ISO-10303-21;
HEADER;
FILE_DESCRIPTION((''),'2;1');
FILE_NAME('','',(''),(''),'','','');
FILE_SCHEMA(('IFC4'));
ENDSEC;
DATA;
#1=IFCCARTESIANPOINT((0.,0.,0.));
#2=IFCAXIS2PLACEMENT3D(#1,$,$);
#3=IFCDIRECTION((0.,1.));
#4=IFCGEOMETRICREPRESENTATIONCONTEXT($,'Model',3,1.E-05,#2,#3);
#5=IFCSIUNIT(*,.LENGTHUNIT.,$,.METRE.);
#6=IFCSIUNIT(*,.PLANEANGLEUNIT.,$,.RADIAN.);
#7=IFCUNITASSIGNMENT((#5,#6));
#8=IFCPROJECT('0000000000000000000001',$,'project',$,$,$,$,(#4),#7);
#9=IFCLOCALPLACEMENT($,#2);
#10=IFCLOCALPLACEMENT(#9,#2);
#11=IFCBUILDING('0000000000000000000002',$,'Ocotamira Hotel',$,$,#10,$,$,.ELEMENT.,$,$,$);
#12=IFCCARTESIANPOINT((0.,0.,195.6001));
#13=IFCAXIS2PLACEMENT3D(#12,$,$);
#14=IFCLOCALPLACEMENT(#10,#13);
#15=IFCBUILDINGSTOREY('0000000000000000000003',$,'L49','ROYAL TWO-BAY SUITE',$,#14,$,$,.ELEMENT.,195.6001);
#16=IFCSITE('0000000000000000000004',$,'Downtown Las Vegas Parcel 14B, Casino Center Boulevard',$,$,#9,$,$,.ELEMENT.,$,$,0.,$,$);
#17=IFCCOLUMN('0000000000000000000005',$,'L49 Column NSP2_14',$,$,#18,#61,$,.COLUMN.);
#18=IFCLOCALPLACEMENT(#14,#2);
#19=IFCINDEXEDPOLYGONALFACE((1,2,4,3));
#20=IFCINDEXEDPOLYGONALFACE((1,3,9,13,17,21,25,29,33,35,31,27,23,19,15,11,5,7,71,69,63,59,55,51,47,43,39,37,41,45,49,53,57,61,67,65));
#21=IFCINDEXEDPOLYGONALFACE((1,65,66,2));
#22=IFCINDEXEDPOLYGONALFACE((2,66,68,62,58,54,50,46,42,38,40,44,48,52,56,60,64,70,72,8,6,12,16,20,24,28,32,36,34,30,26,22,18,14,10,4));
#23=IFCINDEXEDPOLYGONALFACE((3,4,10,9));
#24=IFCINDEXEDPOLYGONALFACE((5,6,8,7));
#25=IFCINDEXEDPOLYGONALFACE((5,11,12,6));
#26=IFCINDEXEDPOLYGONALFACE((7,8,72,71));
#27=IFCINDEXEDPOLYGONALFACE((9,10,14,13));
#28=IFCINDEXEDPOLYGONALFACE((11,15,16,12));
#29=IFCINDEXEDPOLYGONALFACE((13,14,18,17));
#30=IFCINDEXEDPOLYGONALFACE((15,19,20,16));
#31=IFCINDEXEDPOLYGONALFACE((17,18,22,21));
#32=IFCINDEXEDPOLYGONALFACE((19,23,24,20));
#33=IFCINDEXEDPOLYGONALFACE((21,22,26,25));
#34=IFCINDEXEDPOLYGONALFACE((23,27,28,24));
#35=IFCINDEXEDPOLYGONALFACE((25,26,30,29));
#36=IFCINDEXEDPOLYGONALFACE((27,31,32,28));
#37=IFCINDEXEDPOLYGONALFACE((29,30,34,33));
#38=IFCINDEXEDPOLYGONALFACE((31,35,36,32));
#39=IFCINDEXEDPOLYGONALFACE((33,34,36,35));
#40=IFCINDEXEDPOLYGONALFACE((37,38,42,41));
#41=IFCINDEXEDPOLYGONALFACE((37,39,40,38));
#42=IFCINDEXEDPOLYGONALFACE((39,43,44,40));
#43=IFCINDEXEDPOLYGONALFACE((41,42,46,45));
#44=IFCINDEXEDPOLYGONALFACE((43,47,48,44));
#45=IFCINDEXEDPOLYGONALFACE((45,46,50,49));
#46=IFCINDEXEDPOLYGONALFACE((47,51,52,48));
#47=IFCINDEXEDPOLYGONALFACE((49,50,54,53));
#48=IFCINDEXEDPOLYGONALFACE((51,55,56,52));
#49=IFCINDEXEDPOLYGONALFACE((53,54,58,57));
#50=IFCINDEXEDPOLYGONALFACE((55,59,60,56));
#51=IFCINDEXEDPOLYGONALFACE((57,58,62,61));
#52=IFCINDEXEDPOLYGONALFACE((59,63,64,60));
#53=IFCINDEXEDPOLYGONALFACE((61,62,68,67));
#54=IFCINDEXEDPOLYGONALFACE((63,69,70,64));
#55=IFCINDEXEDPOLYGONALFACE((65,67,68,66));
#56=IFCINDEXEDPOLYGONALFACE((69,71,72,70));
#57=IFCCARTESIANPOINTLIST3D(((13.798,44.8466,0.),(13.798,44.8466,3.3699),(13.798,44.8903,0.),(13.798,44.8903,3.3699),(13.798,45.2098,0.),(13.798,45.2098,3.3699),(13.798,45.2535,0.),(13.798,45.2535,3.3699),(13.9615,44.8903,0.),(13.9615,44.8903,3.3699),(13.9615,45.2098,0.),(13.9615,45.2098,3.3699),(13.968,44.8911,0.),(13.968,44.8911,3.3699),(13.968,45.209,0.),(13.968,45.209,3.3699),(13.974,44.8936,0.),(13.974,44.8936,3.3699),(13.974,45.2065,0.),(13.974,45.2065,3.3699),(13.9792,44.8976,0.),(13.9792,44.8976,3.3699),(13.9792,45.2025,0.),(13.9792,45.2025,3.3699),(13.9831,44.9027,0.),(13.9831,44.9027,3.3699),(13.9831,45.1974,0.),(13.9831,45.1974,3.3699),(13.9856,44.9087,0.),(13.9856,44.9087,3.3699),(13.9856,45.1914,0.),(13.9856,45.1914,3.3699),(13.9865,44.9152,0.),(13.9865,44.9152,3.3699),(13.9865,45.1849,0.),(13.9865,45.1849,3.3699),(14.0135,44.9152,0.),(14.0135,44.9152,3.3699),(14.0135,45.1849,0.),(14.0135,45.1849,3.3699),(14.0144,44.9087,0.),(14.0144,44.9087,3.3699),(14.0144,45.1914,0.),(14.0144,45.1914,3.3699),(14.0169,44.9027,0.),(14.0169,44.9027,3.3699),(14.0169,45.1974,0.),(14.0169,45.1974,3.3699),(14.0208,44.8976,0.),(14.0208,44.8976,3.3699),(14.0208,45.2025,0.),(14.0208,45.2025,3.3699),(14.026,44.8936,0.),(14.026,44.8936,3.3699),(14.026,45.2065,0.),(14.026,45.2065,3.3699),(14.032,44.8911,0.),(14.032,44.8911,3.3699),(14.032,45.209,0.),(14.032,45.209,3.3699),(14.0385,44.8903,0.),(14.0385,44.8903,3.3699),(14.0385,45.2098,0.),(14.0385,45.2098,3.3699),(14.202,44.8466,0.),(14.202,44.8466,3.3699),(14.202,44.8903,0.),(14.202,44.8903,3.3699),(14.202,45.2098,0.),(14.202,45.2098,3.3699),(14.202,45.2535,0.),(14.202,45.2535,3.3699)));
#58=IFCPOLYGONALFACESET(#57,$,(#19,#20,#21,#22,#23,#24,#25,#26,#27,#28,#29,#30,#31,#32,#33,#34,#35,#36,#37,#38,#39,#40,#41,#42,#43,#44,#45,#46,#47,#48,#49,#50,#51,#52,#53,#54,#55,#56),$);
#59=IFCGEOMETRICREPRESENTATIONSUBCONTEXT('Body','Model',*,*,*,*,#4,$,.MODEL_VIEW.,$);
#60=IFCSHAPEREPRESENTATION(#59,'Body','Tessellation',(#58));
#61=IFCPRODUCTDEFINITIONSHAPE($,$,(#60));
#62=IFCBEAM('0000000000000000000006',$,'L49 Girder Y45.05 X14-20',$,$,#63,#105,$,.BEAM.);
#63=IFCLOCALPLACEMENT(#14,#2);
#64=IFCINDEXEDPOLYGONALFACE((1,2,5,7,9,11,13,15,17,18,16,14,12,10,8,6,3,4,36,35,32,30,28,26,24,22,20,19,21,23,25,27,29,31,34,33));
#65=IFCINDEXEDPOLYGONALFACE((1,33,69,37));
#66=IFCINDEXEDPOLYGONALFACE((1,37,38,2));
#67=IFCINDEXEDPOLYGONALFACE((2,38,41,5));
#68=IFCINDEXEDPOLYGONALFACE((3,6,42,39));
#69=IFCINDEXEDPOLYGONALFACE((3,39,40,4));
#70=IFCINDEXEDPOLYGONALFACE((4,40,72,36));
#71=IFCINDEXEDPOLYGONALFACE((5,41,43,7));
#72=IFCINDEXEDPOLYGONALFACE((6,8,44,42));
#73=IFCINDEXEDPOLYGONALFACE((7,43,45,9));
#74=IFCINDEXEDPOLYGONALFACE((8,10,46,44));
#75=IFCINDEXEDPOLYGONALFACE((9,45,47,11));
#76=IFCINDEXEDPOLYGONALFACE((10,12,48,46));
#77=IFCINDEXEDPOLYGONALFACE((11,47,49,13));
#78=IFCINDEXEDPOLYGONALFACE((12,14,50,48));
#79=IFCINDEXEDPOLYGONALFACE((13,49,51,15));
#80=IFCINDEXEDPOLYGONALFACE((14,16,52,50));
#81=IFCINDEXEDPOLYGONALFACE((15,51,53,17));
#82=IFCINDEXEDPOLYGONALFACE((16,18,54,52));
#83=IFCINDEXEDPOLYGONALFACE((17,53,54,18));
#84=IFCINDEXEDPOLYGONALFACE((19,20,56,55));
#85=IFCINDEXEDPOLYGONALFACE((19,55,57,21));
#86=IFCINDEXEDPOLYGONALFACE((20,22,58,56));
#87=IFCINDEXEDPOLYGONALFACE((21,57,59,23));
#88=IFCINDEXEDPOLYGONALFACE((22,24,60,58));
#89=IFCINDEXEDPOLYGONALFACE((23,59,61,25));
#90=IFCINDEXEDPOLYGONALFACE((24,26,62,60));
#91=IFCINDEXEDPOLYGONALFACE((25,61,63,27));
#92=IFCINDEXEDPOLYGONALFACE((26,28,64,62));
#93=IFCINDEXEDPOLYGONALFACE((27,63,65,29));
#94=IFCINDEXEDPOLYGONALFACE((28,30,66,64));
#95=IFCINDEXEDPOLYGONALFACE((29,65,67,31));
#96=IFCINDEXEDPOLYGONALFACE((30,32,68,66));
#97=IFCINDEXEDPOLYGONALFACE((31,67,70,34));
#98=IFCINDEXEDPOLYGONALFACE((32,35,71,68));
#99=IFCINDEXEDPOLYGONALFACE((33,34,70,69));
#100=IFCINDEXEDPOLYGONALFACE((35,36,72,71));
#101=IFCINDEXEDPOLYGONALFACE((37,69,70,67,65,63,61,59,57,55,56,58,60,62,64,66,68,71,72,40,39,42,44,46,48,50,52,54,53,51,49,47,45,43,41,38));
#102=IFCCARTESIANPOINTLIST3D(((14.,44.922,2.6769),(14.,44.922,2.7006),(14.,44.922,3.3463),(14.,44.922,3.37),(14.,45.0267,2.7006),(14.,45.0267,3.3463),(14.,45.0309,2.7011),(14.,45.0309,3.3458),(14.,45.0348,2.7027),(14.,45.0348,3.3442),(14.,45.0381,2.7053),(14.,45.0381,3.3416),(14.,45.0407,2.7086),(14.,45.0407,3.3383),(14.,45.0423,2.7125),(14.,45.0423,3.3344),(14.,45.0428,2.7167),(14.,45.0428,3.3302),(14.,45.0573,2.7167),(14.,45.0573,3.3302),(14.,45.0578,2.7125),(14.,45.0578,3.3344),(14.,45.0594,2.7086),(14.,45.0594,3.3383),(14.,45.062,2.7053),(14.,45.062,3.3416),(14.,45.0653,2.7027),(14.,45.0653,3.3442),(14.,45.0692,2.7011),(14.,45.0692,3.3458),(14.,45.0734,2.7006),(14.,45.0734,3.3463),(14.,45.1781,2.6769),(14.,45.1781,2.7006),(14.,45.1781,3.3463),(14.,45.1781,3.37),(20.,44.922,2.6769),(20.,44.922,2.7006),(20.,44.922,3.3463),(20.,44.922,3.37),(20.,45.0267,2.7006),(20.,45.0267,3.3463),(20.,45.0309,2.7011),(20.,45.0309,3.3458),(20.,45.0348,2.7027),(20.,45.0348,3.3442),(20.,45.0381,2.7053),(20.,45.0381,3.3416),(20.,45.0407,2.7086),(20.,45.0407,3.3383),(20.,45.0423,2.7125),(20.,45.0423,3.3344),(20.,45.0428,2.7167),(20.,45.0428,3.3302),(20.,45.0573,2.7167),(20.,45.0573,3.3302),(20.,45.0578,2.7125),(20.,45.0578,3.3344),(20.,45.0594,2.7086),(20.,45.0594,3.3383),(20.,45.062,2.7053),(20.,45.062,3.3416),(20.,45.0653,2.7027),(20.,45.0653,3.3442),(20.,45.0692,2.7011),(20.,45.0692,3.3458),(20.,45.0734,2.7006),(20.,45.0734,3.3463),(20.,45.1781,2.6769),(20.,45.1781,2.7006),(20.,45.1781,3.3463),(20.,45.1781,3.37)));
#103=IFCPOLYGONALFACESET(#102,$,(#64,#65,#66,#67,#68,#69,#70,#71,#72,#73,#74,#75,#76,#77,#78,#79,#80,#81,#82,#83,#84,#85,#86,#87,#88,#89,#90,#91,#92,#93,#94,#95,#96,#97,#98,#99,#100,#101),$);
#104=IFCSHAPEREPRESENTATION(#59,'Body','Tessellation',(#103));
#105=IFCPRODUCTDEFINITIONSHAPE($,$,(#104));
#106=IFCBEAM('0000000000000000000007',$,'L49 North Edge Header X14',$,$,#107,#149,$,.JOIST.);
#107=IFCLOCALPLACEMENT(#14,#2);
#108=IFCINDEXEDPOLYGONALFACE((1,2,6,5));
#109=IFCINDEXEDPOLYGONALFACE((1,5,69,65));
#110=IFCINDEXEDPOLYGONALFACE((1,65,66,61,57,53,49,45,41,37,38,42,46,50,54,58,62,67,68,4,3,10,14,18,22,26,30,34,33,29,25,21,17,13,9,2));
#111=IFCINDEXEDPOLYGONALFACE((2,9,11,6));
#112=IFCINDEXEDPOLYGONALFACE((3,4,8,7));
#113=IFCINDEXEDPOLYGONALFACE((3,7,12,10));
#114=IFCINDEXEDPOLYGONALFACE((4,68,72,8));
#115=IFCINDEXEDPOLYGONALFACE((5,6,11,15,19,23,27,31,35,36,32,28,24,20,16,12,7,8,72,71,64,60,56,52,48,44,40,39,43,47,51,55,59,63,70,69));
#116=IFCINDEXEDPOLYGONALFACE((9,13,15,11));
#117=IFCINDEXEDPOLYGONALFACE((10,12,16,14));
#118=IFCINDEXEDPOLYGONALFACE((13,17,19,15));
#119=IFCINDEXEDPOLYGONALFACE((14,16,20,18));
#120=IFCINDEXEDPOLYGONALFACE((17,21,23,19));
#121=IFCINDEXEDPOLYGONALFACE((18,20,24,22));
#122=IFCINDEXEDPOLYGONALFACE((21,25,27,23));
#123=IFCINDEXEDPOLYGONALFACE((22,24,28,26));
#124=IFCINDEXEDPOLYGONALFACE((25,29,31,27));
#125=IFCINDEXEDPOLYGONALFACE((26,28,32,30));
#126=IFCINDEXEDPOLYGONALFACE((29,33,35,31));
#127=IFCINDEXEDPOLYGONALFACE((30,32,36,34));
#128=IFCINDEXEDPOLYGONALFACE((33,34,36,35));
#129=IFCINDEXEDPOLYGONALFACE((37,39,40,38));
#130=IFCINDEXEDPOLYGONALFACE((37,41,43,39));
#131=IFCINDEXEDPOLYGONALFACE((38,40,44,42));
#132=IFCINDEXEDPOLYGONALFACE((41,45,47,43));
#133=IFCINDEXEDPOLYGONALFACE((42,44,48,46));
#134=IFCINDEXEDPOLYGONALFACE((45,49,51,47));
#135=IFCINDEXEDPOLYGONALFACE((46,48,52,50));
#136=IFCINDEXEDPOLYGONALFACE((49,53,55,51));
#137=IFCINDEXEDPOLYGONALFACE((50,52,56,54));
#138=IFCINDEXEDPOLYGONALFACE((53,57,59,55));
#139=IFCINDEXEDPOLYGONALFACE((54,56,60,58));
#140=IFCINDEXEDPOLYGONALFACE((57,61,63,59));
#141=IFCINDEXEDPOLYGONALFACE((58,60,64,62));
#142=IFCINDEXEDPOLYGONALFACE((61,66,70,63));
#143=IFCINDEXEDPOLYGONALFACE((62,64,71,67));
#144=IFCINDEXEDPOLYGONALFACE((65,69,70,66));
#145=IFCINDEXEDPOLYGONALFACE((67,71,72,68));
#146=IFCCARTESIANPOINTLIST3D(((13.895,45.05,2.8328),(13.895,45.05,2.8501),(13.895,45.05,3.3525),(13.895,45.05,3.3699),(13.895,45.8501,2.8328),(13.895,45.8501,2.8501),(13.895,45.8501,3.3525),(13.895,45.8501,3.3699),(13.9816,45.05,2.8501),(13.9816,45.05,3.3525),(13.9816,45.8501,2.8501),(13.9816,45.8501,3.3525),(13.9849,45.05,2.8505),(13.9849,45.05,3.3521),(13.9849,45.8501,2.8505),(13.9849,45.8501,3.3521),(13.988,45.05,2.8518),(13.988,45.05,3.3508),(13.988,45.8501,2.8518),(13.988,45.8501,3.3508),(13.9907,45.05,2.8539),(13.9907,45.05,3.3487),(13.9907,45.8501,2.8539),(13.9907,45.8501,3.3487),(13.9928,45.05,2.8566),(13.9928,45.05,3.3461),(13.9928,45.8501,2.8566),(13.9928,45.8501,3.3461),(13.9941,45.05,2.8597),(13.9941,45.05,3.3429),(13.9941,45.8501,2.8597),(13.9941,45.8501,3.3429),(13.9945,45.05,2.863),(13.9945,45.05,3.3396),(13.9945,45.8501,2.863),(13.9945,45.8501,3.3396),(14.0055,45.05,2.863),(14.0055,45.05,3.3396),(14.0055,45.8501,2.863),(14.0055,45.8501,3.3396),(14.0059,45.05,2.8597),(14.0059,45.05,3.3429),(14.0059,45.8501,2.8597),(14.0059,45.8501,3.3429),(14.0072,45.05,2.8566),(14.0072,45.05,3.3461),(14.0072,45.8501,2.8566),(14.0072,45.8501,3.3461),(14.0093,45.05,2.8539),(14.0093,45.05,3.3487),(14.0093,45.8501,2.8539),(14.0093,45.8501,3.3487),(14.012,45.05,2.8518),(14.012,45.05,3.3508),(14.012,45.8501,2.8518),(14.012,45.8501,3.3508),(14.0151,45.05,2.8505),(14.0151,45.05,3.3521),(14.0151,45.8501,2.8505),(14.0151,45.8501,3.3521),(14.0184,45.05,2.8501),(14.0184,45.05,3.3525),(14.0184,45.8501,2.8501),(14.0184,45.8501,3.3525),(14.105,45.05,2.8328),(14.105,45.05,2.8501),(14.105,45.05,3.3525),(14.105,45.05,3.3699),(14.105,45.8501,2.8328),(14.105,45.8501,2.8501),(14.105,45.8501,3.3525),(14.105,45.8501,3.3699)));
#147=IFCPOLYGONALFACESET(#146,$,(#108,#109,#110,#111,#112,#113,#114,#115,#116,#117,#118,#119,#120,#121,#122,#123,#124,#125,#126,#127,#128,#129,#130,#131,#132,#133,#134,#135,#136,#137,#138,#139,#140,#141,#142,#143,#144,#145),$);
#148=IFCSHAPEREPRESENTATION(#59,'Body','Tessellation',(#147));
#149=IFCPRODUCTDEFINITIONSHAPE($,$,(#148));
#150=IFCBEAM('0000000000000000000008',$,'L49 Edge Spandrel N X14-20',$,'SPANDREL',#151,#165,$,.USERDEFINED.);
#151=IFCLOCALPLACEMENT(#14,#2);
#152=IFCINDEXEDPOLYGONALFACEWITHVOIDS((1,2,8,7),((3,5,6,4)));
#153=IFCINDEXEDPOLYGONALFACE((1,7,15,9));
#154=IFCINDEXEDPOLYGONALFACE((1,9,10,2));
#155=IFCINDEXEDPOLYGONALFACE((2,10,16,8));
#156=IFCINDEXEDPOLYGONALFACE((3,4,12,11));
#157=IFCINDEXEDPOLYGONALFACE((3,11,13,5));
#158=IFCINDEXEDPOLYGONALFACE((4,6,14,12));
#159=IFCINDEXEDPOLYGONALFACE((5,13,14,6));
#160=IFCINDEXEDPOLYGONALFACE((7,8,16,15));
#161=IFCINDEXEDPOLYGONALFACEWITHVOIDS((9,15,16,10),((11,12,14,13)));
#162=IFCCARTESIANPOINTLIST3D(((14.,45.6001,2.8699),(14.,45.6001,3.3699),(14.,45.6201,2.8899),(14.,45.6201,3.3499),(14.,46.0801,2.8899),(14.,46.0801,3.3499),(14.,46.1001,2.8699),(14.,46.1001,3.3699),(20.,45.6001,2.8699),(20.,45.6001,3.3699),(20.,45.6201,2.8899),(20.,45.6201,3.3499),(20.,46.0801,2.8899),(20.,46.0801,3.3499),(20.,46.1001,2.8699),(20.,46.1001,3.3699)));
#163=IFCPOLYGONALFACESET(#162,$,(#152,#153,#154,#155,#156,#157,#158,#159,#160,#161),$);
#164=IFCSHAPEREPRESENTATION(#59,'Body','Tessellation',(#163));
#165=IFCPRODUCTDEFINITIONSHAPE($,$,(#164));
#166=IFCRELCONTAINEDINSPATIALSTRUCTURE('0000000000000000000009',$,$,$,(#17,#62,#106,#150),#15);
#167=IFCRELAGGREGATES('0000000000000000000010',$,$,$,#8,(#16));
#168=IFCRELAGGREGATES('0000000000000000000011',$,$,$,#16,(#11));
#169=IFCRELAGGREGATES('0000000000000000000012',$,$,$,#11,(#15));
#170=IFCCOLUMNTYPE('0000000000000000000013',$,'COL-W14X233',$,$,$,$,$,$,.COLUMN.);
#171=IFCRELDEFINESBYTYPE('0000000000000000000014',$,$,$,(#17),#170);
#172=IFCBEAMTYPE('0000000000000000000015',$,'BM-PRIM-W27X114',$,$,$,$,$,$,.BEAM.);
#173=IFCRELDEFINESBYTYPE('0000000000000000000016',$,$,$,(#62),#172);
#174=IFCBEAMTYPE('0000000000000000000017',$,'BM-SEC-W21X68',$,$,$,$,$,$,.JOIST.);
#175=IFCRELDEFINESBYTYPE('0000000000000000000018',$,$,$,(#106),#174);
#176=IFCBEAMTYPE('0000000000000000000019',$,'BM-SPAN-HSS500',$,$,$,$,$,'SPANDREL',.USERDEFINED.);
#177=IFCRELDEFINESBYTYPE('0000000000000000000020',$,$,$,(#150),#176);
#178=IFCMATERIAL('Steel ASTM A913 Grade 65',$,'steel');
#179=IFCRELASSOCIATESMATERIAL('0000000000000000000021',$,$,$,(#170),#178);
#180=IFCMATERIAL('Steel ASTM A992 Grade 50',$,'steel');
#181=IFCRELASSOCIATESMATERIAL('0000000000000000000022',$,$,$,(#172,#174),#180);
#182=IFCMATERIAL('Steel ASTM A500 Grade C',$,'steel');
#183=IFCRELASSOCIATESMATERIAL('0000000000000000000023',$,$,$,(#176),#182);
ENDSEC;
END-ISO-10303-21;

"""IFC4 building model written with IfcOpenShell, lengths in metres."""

from ifc_helpers import new_model, si_unit, direction, frame, origin, origin_2d, place, context, subcontext, project, spatial, hollow_rectangle, i_section, extrude, source, transform, mapped, material, material_profile, profile_set, type_object, element, save


model = new_model("IFC4")

# Units and contexts
model_context = context("Model", 3, precision=1e-05, world=origin(), true_north=direction((0.0, 1.0)))
body_context = subcontext(model_context, "Body", "Model", "MODEL_VIEW")
ifc_project = project(units=[si_unit("LENGTHUNIT", "METRE"), si_unit("PLANEANGLEUNIT", "RADIAN")], contexts=[model_context])

# Site, building, storey
site_placement = place(None, origin())
site = spatial("IfcSite", under=ifc_project, at=site_placement, Name="Downtown Las Vegas Parcel 14B, Casino Center Boulevard", CompositionType="ELEMENT", RefElevation=0.0)
building_placement = place(site_placement, origin())
building = spatial("IfcBuilding", under=site, at=building_placement, Name="Ocotamira Hotel", CompositionType="ELEMENT")
storey_placement = place(building_placement, frame((0.0, 0.0, 195.6001)))
storey = spatial("IfcBuildingStorey", under=building, at=storey_placement, Name="L49", Description="ROYAL TWO-BAY SUITE", CompositionType="ELEMENT", Elevation=195.6001)

# Column
ifc_material_1 = material(Name="Steel ASTM A913 Grade 65", Category="steel")
ifc_material_profile_1 = material_profile(ifc_material_1, i_section(OverallWidth=0.4041, OverallDepth=0.407, WebThickness=0.0271, FlangeThickness=0.0437, FilletRadius=0.0249, at=origin_2d()), Name="W14X233")
ifc_profile_set_1 = profile_set([ifc_material_profile_1], Name="Steel ASTM A913 Grade 65")
column_type = type_object("IfcColumnType", Name="COL-W14X233", PredefinedType="COLUMN", material=ifc_profile_set_1)
shared_shape_1 = source(origin(), body_context, "Body", "SweptSolid", [
    extrude(i_section(OverallWidth=0.4041, OverallDepth=0.407, WebThickness=0.0271, FlangeThickness=0.0437, FilletRadius=0.0249, at=origin_2d()), origin(), (0.0, 0.0, 1.0), 3.3699),
])
column_placement = place(storey_placement, frame((14.0, 45.05, 0.0), z_axis=(0.0, 0.0, 1.0), x_axis=(1.0, 0.0, 0.0)))
element("IfcColumn", 1, at=column_placement, inside=storey, type_object=column_type, Name="L49 Column NSP2_14", PredefinedType="COLUMN", context=body_context, shape_type="MappedRepresentation", body=[
    mapped(shared_shape_1, transform((0.0, 0.0, 0.0), scale=1.0)),
])

# Beams
ifc_material_2 = material(Name="Steel ASTM A992 Grade 50", Category="steel")
ifc_material_profile_2 = material_profile(ifc_material_2, i_section(OverallWidth=0.2561, OverallDepth=0.6931, WebThickness=0.0144, FlangeThickness=0.0237, FilletRadius=0.0161, at=origin_2d()), Name="W27X114")
ifc_profile_set_2 = profile_set([ifc_material_profile_2], Name="Steel ASTM A992 Grade 50")
beam_type_1 = type_object("IfcBeamType", Name="BM-PRIM-W27X114", PredefinedType="BEAM", material=ifc_profile_set_2)
shared_shape_2 = source(origin(), body_context, "Body", "SweptSolid", [
    extrude(i_section(OverallWidth=0.2561, OverallDepth=0.6931, WebThickness=0.0144, FlangeThickness=0.0237, FilletRadius=0.0161, at=origin_2d()), origin(), (0.0, 0.0, 1.0), 6.0),
])
beam_1_placement = place(storey_placement, frame((14.0, 45.05, 3.0234), z_axis=(1.0, 0.0, 0.0), x_axis=(0.0, 1.0, 0.0)))
element("IfcBeam", 2, at=beam_1_placement, inside=storey, type_object=beam_type_1, Name="L49 Girder Y45.05 X14-20", PredefinedType="BEAM", context=body_context, shape_type="MappedRepresentation", body=[
    mapped(shared_shape_2, transform((0.0, 0.0, 0.0), scale=1.0)),
])
ifc_material_profile_3 = material_profile(ifc_material_2, i_section(OverallWidth=0.21, OverallDepth=0.5371, WebThickness=0.011, FlangeThickness=0.0173, FilletRadius=0.0129, at=origin_2d()), Name="W21X68")
ifc_profile_set_3 = profile_set([ifc_material_profile_3], Name="Steel ASTM A992 Grade 50")
beam_type_2 = type_object("IfcBeamType", Name="BM-SEC-W21X68", PredefinedType="JOIST", material=ifc_profile_set_3)
shared_shape_3 = source(origin(), body_context, "Body", "SweptSolid", [
    extrude(i_section(OverallWidth=0.21, OverallDepth=0.5371, WebThickness=0.011, FlangeThickness=0.0173, FilletRadius=0.0129, at=origin_2d()), origin(), (0.0, 0.0, 1.0), 0.8),
])
beam_2_placement = place(storey_placement, frame((14.0, 45.05, 3.1013), z_axis=(0.0, 1.0, 0.0), x_axis=(-1.0, 0.0, 0.0)))
element("IfcBeam", 3, at=beam_2_placement, inside=storey, type_object=beam_type_2, Name="L49 North Edge Header X14", PredefinedType="JOIST", context=body_context, shape_type="MappedRepresentation", body=[
    mapped(shared_shape_3, transform((0.0, 0.0, 0.0), scale=1.0)),
])
ifc_material_3 = material(Name="Steel ASTM A500 Grade C", Category="steel")
ifc_material_profile_4 = material_profile(ifc_material_3, hollow_rectangle(XDim=0.5, YDim=0.5, WallThickness=0.02, at=origin_2d()), Name="HSS500X500X20")
ifc_profile_set_4 = profile_set([ifc_material_profile_4], Name="Steel ASTM A500 Grade C")
beam_type_3 = type_object("IfcBeamType", Name="BM-SPAN-HSS500", ElementType="SPANDREL", PredefinedType="USERDEFINED", material=ifc_profile_set_4)
shared_shape_4 = source(origin(), body_context, "Body", "SweptSolid", [
    extrude(hollow_rectangle(XDim=0.5, YDim=0.5, WallThickness=0.02, at=origin_2d()), origin(), (0.0, 0.0, 1.0), 6.0),
])
beam_3_placement = place(storey_placement, frame((14.0, 45.8501, 3.1199), z_axis=(1.0, 0.0, 0.0), x_axis=(0.0, 1.0, 0.0)))
element("IfcBeam", 4, at=beam_3_placement, inside=storey, type_object=beam_type_3, Name="L49 Edge Spandrel N X14-20", ObjectType="SPANDREL", PredefinedType="USERDEFINED", context=body_context, shape_type="MappedRepresentation", body=[
    mapped(shared_shape_4, transform((0.0, 0.0, 0.0), scale=1.0)),
])

save(model, "model.ifc")
